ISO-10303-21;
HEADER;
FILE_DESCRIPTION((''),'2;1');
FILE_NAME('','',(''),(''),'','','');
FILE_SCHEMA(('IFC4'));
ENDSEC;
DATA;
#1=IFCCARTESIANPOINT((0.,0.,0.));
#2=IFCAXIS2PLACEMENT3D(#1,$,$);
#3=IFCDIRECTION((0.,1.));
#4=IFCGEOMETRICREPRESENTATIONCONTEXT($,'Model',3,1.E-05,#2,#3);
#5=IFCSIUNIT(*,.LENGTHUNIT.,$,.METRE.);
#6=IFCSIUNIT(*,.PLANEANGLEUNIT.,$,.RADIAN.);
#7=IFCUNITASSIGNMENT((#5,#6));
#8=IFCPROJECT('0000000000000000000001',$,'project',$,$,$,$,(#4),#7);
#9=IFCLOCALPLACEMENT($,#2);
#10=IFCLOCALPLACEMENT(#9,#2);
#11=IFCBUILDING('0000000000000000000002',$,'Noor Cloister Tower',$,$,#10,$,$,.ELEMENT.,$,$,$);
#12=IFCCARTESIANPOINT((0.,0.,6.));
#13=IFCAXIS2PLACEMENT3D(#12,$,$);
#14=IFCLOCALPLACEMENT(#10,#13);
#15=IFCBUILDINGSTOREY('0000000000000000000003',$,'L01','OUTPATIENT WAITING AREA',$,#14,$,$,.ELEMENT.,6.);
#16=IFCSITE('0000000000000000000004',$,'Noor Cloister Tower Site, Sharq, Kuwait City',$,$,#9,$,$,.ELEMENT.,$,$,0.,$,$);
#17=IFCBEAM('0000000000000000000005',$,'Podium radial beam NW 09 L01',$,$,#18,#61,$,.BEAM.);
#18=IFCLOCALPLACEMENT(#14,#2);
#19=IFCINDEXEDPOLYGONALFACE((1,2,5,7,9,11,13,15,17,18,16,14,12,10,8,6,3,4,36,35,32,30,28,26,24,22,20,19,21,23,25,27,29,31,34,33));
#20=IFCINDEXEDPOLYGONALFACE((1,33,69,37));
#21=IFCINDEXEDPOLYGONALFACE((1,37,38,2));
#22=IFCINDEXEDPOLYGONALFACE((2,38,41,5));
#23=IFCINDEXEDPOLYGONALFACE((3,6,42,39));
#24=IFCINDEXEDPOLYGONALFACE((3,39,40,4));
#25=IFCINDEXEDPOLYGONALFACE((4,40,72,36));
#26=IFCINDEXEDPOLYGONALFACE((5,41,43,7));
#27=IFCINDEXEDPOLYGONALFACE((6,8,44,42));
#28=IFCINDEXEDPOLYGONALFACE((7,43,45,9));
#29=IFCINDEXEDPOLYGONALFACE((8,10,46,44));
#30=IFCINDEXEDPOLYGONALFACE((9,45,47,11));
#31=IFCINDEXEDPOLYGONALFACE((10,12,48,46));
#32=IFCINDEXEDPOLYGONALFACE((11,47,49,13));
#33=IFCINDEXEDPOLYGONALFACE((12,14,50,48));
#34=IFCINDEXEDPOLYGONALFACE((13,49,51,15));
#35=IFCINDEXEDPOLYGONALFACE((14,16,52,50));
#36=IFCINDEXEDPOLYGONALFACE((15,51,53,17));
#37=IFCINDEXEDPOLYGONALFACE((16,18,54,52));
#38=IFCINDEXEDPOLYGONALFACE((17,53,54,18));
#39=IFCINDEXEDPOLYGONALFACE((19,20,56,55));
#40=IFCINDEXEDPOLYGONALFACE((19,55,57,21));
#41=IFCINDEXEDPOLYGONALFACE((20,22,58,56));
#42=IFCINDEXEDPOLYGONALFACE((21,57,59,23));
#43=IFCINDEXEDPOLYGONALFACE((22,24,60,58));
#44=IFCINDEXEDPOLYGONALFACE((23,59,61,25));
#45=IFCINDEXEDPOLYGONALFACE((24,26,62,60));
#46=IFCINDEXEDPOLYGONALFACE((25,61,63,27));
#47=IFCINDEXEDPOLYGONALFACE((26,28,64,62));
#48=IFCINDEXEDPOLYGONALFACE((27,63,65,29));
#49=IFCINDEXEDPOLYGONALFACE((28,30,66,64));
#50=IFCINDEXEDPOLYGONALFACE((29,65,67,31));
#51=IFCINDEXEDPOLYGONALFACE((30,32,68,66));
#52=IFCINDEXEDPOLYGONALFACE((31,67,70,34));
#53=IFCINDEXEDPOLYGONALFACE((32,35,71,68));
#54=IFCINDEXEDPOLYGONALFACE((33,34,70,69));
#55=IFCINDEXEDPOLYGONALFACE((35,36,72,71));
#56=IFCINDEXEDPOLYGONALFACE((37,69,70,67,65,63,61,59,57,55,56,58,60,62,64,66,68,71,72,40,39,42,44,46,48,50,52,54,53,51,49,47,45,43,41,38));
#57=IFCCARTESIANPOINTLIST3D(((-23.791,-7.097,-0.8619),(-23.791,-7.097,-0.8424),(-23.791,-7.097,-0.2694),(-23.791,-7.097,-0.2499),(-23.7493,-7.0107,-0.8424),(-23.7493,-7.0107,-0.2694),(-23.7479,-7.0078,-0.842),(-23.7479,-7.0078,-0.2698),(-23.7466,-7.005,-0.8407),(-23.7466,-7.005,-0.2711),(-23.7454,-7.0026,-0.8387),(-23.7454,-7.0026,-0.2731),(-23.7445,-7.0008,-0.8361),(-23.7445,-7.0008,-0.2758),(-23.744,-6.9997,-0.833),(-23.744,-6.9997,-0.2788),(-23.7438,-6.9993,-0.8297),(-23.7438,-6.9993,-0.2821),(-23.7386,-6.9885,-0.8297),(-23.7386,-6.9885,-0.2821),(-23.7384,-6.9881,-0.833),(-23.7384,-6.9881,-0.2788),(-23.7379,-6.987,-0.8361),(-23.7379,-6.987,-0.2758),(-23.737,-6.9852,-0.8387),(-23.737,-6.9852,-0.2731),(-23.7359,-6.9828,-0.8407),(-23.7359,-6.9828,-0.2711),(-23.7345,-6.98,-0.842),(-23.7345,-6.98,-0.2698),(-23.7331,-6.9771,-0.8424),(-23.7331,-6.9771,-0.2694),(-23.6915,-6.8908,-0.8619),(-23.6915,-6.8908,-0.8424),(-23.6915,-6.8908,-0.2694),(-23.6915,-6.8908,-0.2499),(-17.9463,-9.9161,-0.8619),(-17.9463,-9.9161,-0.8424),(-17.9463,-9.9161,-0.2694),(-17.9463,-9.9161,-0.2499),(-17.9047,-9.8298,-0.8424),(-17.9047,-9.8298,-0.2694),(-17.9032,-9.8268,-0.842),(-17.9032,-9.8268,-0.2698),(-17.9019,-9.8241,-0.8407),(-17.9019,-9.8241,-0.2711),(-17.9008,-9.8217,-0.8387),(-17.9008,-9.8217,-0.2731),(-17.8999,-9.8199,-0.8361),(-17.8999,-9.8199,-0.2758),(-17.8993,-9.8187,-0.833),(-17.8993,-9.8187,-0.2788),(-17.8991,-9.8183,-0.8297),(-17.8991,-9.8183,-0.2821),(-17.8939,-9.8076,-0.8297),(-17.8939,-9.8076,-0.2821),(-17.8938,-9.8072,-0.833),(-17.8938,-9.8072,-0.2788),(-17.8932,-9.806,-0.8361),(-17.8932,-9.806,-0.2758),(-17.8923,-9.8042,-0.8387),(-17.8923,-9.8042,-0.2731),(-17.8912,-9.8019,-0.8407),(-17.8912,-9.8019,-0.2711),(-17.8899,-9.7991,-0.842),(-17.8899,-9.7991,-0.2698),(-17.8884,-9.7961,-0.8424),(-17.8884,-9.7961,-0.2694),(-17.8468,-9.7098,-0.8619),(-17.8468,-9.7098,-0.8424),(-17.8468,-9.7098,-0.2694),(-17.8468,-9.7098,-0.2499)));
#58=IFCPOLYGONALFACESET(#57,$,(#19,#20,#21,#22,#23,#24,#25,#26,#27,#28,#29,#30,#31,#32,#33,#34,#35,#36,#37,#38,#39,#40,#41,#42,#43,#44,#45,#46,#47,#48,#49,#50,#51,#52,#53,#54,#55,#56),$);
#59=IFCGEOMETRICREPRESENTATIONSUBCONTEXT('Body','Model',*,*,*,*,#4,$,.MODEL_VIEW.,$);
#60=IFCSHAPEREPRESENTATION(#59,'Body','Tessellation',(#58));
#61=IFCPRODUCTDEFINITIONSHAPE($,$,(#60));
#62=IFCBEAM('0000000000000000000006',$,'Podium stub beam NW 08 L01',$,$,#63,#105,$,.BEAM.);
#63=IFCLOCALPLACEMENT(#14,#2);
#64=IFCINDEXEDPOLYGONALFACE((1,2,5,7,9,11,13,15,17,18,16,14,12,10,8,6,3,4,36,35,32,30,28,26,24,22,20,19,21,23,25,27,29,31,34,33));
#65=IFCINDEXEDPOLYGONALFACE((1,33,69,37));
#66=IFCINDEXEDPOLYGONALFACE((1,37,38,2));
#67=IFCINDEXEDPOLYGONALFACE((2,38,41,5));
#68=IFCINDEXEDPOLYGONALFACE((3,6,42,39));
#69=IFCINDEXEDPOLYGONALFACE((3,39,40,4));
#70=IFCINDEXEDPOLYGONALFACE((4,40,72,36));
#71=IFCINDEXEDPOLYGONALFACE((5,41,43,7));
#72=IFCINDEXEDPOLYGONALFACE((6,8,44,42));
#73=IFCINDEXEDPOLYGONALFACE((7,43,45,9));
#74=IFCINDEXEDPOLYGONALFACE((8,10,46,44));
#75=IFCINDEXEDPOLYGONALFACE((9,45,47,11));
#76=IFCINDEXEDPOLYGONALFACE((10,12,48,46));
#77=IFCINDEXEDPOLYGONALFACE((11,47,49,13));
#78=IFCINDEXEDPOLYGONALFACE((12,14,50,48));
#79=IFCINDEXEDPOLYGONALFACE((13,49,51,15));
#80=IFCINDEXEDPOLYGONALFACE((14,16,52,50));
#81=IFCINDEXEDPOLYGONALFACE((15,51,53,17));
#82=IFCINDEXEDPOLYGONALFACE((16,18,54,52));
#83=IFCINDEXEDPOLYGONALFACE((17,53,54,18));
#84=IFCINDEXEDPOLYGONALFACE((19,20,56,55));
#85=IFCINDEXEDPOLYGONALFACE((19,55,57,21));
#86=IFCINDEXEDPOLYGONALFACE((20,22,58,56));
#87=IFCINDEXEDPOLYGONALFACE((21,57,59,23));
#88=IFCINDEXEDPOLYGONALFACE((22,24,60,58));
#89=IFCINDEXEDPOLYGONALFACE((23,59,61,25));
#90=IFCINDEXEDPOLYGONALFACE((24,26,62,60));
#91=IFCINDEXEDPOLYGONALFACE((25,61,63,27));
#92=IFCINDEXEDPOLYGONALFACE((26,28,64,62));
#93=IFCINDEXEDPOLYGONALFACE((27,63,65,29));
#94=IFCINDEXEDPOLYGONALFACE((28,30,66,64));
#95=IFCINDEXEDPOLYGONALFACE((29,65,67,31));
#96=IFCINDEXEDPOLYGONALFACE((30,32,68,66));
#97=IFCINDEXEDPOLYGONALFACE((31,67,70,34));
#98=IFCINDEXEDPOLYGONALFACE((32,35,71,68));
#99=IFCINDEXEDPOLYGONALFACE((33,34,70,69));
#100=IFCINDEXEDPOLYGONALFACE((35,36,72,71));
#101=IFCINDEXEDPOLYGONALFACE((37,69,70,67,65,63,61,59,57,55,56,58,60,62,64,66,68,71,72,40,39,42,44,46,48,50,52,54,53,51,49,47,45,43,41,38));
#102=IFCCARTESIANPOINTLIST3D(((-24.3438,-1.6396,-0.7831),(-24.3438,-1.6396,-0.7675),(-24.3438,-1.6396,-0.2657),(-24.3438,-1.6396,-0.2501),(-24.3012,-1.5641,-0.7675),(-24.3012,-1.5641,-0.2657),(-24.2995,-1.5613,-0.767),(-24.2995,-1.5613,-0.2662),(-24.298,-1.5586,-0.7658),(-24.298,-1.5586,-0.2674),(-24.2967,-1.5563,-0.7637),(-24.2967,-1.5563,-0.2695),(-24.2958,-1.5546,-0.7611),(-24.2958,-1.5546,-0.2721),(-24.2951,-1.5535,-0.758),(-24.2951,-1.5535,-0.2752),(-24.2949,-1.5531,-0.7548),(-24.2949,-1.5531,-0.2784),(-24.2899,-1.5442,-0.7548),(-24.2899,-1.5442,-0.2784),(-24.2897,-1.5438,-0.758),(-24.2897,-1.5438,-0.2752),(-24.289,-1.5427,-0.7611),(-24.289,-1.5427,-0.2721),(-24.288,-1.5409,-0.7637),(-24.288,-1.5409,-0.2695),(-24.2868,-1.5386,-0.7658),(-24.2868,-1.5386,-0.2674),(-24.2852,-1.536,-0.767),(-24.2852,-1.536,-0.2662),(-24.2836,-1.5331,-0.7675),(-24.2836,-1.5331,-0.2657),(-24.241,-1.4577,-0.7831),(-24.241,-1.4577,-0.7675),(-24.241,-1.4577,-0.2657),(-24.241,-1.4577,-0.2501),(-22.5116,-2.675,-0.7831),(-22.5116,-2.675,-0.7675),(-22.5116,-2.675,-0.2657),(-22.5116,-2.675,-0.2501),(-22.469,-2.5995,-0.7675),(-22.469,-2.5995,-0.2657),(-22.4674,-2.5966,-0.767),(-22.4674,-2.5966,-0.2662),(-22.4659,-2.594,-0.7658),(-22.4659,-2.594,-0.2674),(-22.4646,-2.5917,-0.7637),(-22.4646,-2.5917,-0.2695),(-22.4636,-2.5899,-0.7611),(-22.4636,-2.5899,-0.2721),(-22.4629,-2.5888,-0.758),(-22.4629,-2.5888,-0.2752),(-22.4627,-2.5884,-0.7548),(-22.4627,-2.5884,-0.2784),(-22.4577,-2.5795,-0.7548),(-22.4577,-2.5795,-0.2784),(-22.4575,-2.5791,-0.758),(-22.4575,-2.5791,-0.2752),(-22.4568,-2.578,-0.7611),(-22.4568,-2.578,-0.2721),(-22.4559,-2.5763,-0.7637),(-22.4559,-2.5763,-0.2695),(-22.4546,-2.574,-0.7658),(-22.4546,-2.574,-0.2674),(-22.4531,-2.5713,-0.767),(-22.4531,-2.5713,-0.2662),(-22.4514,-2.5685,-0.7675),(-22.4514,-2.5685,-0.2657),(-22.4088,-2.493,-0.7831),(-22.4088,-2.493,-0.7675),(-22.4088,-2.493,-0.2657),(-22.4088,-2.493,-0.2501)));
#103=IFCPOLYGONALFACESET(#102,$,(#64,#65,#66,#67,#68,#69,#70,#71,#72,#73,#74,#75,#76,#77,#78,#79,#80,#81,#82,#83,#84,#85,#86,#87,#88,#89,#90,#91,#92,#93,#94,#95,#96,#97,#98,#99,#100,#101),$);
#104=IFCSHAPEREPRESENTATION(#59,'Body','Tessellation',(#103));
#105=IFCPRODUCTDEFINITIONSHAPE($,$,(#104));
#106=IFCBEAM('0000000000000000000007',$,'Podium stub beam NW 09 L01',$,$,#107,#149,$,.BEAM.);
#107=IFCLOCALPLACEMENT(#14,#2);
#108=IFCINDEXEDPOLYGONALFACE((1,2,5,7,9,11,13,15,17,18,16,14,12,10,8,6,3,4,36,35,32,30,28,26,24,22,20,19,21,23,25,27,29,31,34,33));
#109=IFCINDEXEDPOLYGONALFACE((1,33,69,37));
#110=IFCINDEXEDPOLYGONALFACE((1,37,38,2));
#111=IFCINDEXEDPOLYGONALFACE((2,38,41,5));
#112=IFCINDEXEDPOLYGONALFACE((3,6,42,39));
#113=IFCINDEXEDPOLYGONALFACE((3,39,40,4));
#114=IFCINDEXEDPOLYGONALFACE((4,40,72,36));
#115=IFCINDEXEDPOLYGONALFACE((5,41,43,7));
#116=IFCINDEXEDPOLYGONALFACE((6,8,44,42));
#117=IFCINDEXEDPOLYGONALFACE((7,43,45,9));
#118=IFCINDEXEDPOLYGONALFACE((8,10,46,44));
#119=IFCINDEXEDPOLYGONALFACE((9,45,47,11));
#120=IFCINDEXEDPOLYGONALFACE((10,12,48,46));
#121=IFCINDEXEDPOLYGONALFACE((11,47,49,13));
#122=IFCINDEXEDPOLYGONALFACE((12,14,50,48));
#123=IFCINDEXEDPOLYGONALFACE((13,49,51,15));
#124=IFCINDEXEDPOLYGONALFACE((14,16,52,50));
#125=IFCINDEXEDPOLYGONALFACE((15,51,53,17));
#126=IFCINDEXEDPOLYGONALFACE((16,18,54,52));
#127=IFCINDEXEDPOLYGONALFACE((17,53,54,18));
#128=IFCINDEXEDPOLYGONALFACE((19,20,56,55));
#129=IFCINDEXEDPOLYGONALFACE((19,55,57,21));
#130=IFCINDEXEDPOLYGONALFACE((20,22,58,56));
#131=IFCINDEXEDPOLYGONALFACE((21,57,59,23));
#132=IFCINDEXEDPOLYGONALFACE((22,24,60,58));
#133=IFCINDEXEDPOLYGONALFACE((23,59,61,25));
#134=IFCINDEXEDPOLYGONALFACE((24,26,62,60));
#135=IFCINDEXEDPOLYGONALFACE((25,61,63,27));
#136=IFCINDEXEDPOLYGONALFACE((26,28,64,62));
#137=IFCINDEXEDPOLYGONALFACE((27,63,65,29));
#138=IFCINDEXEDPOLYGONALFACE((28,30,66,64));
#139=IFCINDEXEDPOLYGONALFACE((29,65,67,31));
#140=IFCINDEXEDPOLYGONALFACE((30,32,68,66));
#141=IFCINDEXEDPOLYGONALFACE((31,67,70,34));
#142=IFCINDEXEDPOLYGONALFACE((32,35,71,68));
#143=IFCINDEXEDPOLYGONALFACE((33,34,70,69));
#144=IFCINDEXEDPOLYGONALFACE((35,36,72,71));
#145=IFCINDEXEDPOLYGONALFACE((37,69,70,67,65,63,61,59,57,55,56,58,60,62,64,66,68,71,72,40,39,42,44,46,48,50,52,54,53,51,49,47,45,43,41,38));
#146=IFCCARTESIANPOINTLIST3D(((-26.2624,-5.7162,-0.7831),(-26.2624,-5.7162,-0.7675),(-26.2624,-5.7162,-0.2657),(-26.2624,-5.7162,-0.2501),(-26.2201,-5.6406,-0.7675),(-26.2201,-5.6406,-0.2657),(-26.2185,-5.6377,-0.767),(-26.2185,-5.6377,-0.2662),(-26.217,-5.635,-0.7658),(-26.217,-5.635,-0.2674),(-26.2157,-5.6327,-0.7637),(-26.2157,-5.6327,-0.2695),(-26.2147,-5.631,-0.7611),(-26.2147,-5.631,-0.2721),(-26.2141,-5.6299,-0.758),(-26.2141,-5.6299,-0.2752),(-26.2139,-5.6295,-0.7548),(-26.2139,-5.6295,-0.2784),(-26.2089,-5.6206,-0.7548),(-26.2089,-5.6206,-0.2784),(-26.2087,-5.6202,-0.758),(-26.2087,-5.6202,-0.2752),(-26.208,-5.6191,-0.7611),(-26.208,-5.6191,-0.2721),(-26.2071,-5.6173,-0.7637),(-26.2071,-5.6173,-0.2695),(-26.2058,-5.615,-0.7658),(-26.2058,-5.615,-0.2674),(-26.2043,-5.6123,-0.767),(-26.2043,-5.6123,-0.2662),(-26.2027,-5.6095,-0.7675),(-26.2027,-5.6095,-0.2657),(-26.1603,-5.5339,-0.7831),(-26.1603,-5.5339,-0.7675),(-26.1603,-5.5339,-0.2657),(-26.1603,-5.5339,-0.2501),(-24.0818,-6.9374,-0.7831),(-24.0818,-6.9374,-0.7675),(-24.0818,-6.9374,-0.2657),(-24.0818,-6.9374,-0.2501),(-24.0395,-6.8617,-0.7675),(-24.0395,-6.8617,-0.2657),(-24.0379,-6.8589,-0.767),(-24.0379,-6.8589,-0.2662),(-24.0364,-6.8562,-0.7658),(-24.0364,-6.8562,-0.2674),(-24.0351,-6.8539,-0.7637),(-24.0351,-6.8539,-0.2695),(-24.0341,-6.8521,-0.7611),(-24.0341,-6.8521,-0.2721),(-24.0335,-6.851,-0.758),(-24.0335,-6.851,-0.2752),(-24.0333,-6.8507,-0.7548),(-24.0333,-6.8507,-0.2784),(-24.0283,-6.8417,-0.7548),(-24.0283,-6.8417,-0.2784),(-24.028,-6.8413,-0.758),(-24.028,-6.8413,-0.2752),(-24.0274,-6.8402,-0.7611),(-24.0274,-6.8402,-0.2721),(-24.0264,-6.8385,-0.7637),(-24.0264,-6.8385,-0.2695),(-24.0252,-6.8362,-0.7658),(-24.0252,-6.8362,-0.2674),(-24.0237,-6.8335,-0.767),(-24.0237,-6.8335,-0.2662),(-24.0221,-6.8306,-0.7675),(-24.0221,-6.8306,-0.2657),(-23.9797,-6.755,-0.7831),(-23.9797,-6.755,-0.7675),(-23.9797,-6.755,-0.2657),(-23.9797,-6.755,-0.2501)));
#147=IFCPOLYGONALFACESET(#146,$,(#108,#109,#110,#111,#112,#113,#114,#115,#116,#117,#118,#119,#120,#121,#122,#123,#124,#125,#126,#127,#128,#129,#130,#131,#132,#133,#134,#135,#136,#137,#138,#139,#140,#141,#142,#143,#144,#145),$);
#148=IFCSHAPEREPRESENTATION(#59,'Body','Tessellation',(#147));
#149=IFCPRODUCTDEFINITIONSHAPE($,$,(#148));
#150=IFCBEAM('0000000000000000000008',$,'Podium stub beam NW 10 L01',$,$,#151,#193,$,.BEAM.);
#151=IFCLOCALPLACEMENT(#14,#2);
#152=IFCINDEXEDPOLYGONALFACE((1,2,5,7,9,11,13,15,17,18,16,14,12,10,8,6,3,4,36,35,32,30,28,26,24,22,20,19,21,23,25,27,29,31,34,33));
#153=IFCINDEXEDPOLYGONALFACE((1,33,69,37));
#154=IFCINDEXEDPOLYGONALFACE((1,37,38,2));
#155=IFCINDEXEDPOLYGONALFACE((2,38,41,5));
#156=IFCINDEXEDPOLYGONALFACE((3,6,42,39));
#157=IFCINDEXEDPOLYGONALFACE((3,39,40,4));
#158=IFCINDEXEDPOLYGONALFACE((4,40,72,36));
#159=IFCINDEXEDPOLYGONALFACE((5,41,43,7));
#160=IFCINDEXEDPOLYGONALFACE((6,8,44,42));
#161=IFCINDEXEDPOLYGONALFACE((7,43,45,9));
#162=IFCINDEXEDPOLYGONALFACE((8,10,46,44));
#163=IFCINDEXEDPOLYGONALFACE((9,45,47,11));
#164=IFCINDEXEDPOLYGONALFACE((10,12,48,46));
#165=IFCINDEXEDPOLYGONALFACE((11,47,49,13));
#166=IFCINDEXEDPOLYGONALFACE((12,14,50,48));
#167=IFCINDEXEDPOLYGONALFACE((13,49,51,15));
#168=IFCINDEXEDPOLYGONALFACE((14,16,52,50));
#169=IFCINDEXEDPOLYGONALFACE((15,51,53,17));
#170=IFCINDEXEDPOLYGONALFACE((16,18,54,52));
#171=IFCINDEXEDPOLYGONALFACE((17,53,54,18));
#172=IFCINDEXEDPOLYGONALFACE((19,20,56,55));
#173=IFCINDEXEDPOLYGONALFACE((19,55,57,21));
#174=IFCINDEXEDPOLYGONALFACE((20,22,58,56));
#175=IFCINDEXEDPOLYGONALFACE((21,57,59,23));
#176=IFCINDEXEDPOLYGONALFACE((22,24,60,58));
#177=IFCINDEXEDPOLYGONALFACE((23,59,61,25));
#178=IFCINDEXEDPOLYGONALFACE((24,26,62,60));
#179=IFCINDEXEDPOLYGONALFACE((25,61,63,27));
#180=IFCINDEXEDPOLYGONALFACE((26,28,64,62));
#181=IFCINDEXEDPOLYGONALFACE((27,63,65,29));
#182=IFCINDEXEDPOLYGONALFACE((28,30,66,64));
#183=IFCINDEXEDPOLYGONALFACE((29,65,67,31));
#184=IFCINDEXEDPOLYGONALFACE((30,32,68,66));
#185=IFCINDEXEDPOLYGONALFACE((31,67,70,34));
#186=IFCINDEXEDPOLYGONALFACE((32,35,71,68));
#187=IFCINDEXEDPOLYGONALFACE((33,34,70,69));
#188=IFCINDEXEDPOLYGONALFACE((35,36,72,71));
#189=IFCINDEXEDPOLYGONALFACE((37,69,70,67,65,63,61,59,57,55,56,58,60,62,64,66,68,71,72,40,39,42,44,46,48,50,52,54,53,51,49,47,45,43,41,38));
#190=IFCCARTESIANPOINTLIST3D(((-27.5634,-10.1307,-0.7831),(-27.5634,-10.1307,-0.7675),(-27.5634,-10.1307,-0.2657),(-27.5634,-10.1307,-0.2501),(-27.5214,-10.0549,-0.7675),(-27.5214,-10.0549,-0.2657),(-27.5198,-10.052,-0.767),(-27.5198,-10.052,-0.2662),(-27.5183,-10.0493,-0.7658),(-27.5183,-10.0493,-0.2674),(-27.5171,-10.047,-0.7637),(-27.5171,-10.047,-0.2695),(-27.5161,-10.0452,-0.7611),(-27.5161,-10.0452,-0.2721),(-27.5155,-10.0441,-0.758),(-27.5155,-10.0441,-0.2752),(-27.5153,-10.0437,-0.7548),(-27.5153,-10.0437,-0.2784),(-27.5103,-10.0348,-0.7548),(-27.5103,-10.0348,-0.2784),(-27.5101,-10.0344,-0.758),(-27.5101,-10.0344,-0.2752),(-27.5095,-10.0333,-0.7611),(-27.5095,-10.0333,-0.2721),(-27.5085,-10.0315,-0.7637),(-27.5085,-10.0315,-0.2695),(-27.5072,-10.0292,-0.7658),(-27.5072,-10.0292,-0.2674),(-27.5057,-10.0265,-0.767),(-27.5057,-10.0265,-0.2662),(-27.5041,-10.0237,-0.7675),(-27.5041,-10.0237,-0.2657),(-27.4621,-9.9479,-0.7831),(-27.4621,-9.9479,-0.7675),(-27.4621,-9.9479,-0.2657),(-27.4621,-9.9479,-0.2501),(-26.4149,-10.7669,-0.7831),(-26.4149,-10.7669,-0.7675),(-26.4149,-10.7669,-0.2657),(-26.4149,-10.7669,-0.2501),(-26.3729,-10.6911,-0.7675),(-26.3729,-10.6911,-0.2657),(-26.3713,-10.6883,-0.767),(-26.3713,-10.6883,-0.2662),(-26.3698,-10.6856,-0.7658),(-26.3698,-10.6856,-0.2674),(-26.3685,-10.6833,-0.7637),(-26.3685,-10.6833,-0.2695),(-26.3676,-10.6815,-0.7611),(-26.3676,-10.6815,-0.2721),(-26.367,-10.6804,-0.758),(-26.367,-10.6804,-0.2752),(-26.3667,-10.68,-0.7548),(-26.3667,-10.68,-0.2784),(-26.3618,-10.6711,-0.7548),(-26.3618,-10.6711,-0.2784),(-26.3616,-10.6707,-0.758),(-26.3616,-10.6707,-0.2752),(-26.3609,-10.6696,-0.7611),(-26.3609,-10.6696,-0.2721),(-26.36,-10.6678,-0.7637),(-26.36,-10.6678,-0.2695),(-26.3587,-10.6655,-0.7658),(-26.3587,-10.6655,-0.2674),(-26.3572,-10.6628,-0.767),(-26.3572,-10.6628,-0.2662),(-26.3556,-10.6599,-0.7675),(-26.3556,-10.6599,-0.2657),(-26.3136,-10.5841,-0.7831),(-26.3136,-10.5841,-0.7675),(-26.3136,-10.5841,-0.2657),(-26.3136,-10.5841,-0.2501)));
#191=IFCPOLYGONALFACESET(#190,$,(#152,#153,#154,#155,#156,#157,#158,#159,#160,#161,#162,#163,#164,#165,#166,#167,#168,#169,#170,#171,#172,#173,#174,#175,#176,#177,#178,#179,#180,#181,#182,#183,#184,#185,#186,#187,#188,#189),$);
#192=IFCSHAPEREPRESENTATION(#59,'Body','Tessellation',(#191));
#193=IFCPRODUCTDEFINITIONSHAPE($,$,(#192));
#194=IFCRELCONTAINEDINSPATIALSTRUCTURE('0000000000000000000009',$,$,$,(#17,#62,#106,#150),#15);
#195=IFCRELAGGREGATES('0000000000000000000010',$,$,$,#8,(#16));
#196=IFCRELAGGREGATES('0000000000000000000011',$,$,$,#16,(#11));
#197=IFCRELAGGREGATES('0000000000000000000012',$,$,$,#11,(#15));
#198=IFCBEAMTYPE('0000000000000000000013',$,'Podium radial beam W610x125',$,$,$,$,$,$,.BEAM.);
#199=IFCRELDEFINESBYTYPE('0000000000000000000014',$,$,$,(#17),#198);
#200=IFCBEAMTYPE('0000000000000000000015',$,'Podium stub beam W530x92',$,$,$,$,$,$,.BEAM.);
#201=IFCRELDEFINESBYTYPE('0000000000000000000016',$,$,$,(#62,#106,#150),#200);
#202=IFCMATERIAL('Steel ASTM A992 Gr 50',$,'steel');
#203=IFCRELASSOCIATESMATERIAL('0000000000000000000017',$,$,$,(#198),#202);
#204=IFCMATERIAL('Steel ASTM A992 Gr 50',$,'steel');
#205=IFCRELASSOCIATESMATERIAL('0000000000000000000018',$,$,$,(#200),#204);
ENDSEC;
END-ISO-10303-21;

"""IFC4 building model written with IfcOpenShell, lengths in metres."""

from ifc_helpers import new_model, si_unit, direction, frame, origin, origin_2d, place, context, subcontext, project, spatial, i_section, extrude, material, material_profile, profile_set, type_object, element, save


model = new_model("IFC4")

# Units and contexts
model_context = context("Model", 3, precision=1e-05, world=origin(), true_north=direction((0.0, 1.0)))
body_context = subcontext(model_context, "Body", "Model", "MODEL_VIEW")
ifc_project = project(units=[si_unit("LENGTHUNIT", "METRE"), si_unit("PLANEANGLEUNIT", "RADIAN")], contexts=[model_context])

# Site, building, storey
site_placement = place(None, origin())
site = spatial("IfcSite", under=ifc_project, at=site_placement, Name="Noor Cloister Tower Site, Sharq, Kuwait City", CompositionType="ELEMENT", RefElevation=0.0)
building_placement = place(site_placement, origin())
building = spatial("IfcBuilding", under=site, at=building_placement, Name="Noor Cloister Tower", CompositionType="ELEMENT")
storey_placement = place(building_placement, frame((0.0, 0.0, 6.0)))
storey = spatial("IfcBuildingStorey", under=building, at=storey_placement, Name="L01", Description="OUTPATIENT WAITING AREA", CompositionType="ELEMENT", Elevation=6.0)

# Beams
ifc_material_1 = material(Name="Steel ASTM A992 Gr 50", Category="steel")
ifc_material_profile_1 = material_profile(ifc_material_1, i_section(OverallWidth=0.229, OverallDepth=0.6121, WebThickness=0.012, FlangeThickness=0.0195, FilletRadius=0.0127, at=origin_2d()), Name="W610x125")
ifc_profile_set_1 = profile_set([ifc_material_profile_1], Name="Steel ASTM A992 Gr 50")
beam_type_1 = type_object("IfcBeamType", Name="Podium radial beam W610x125", PredefinedType="BEAM", material=ifc_profile_set_1)
beam_1_placement = place(storey_placement, frame((-23.7412, -6.9939, -0.5559), z_axis=(0.900702, -0.434437, 0.0), x_axis=(0.434437, 0.900702, 0.0)))
element("IfcBeam", 1, at=beam_1_placement, inside=storey, type_object=beam_type_1, Name="Podium radial beam NW 09 L01", PredefinedType="BEAM", context=body_context, shape_type="SweptSolid", body=[
    extrude(i_section(OverallWidth=0.229, OverallDepth=0.6121, WebThickness=0.012, FlangeThickness=0.0195, FilletRadius=0.0127, at=origin_2d()), origin(), (0.0, 0.0, 1.0), 6.489),
])
ifc_material_2 = material(Name="Steel ASTM A992 Gr 50", Category="steel")
ifc_material_profile_2 = material_profile(ifc_material_2, i_section(OverallWidth=0.209, OverallDepth=0.533, WebThickness=0.0103, FlangeThickness=0.0156, FilletRadius=0.0127, at=origin_2d()), Name="W530x92")
ifc_profile_set_2 = profile_set([ifc_material_profile_2], Name="Steel ASTM A992 Gr 50")
beam_type_2 = type_object("IfcBeamType", Name="Podium stub beam W530x92", PredefinedType="BEAM", material=ifc_profile_set_2)
beam_2_placement = place(storey_placement, frame((-22.4602, -2.584, -0.5166), z_axis=(-0.87061, 0.491973, 0.0), x_axis=(-0.491973, -0.87061, 0.0)))
element("IfcBeam", 2, at=beam_2_placement, inside=storey, type_object=beam_type_2, Name="Podium stub beam NW 08 L01", PredefinedType="BEAM", context=body_context, shape_type="SweptSolid", body=[
    extrude(i_section(OverallWidth=0.209, OverallDepth=0.533, WebThickness=0.0103, FlangeThickness=0.0156, FilletRadius=0.0127, at=origin_2d()), origin(), (0.0, 0.0, 1.0), 2.1045),
])
beam_3_placement = place(storey_placement, frame((-24.0308, -6.8462, -0.5166), z_axis=(-0.872503, 0.488609, 0.0), x_axis=(-0.488609, -0.872503, 0.0)))
element("IfcBeam", 3, at=beam_3_placement, inside=storey, type_object=beam_type_2, Name="Podium stub beam NW 09 L01", PredefinedType="BEAM", context=body_context, shape_type="SweptSolid", body=[
    extrude(i_section(OverallWidth=0.209, OverallDepth=0.533, WebThickness=0.0103, FlangeThickness=0.0156, FilletRadius=0.0127, at=origin_2d()), origin(), (0.0, 0.0, 1.0), 2.4993),
])
beam_4_placement = place(storey_placement, frame((-26.3643, -10.6755, -0.5166), z_axis=(-0.874736, 0.484601, 0.0), x_axis=(-0.484601, -0.874736, 0.0)))
element("IfcBeam", 4, at=beam_4_placement, inside=storey, type_object=beam_type_2, Name="Podium stub beam NW 10 L01", PredefinedType="BEAM", context=body_context, shape_type="SweptSolid", body=[
    extrude(i_section(OverallWidth=0.209, OverallDepth=0.533, WebThickness=0.0103, FlangeThickness=0.0156, FilletRadius=0.0127, at=origin_2d()), origin(), (0.0, 0.0, 1.0), 1.313),
])

save(model, "model.ifc")
